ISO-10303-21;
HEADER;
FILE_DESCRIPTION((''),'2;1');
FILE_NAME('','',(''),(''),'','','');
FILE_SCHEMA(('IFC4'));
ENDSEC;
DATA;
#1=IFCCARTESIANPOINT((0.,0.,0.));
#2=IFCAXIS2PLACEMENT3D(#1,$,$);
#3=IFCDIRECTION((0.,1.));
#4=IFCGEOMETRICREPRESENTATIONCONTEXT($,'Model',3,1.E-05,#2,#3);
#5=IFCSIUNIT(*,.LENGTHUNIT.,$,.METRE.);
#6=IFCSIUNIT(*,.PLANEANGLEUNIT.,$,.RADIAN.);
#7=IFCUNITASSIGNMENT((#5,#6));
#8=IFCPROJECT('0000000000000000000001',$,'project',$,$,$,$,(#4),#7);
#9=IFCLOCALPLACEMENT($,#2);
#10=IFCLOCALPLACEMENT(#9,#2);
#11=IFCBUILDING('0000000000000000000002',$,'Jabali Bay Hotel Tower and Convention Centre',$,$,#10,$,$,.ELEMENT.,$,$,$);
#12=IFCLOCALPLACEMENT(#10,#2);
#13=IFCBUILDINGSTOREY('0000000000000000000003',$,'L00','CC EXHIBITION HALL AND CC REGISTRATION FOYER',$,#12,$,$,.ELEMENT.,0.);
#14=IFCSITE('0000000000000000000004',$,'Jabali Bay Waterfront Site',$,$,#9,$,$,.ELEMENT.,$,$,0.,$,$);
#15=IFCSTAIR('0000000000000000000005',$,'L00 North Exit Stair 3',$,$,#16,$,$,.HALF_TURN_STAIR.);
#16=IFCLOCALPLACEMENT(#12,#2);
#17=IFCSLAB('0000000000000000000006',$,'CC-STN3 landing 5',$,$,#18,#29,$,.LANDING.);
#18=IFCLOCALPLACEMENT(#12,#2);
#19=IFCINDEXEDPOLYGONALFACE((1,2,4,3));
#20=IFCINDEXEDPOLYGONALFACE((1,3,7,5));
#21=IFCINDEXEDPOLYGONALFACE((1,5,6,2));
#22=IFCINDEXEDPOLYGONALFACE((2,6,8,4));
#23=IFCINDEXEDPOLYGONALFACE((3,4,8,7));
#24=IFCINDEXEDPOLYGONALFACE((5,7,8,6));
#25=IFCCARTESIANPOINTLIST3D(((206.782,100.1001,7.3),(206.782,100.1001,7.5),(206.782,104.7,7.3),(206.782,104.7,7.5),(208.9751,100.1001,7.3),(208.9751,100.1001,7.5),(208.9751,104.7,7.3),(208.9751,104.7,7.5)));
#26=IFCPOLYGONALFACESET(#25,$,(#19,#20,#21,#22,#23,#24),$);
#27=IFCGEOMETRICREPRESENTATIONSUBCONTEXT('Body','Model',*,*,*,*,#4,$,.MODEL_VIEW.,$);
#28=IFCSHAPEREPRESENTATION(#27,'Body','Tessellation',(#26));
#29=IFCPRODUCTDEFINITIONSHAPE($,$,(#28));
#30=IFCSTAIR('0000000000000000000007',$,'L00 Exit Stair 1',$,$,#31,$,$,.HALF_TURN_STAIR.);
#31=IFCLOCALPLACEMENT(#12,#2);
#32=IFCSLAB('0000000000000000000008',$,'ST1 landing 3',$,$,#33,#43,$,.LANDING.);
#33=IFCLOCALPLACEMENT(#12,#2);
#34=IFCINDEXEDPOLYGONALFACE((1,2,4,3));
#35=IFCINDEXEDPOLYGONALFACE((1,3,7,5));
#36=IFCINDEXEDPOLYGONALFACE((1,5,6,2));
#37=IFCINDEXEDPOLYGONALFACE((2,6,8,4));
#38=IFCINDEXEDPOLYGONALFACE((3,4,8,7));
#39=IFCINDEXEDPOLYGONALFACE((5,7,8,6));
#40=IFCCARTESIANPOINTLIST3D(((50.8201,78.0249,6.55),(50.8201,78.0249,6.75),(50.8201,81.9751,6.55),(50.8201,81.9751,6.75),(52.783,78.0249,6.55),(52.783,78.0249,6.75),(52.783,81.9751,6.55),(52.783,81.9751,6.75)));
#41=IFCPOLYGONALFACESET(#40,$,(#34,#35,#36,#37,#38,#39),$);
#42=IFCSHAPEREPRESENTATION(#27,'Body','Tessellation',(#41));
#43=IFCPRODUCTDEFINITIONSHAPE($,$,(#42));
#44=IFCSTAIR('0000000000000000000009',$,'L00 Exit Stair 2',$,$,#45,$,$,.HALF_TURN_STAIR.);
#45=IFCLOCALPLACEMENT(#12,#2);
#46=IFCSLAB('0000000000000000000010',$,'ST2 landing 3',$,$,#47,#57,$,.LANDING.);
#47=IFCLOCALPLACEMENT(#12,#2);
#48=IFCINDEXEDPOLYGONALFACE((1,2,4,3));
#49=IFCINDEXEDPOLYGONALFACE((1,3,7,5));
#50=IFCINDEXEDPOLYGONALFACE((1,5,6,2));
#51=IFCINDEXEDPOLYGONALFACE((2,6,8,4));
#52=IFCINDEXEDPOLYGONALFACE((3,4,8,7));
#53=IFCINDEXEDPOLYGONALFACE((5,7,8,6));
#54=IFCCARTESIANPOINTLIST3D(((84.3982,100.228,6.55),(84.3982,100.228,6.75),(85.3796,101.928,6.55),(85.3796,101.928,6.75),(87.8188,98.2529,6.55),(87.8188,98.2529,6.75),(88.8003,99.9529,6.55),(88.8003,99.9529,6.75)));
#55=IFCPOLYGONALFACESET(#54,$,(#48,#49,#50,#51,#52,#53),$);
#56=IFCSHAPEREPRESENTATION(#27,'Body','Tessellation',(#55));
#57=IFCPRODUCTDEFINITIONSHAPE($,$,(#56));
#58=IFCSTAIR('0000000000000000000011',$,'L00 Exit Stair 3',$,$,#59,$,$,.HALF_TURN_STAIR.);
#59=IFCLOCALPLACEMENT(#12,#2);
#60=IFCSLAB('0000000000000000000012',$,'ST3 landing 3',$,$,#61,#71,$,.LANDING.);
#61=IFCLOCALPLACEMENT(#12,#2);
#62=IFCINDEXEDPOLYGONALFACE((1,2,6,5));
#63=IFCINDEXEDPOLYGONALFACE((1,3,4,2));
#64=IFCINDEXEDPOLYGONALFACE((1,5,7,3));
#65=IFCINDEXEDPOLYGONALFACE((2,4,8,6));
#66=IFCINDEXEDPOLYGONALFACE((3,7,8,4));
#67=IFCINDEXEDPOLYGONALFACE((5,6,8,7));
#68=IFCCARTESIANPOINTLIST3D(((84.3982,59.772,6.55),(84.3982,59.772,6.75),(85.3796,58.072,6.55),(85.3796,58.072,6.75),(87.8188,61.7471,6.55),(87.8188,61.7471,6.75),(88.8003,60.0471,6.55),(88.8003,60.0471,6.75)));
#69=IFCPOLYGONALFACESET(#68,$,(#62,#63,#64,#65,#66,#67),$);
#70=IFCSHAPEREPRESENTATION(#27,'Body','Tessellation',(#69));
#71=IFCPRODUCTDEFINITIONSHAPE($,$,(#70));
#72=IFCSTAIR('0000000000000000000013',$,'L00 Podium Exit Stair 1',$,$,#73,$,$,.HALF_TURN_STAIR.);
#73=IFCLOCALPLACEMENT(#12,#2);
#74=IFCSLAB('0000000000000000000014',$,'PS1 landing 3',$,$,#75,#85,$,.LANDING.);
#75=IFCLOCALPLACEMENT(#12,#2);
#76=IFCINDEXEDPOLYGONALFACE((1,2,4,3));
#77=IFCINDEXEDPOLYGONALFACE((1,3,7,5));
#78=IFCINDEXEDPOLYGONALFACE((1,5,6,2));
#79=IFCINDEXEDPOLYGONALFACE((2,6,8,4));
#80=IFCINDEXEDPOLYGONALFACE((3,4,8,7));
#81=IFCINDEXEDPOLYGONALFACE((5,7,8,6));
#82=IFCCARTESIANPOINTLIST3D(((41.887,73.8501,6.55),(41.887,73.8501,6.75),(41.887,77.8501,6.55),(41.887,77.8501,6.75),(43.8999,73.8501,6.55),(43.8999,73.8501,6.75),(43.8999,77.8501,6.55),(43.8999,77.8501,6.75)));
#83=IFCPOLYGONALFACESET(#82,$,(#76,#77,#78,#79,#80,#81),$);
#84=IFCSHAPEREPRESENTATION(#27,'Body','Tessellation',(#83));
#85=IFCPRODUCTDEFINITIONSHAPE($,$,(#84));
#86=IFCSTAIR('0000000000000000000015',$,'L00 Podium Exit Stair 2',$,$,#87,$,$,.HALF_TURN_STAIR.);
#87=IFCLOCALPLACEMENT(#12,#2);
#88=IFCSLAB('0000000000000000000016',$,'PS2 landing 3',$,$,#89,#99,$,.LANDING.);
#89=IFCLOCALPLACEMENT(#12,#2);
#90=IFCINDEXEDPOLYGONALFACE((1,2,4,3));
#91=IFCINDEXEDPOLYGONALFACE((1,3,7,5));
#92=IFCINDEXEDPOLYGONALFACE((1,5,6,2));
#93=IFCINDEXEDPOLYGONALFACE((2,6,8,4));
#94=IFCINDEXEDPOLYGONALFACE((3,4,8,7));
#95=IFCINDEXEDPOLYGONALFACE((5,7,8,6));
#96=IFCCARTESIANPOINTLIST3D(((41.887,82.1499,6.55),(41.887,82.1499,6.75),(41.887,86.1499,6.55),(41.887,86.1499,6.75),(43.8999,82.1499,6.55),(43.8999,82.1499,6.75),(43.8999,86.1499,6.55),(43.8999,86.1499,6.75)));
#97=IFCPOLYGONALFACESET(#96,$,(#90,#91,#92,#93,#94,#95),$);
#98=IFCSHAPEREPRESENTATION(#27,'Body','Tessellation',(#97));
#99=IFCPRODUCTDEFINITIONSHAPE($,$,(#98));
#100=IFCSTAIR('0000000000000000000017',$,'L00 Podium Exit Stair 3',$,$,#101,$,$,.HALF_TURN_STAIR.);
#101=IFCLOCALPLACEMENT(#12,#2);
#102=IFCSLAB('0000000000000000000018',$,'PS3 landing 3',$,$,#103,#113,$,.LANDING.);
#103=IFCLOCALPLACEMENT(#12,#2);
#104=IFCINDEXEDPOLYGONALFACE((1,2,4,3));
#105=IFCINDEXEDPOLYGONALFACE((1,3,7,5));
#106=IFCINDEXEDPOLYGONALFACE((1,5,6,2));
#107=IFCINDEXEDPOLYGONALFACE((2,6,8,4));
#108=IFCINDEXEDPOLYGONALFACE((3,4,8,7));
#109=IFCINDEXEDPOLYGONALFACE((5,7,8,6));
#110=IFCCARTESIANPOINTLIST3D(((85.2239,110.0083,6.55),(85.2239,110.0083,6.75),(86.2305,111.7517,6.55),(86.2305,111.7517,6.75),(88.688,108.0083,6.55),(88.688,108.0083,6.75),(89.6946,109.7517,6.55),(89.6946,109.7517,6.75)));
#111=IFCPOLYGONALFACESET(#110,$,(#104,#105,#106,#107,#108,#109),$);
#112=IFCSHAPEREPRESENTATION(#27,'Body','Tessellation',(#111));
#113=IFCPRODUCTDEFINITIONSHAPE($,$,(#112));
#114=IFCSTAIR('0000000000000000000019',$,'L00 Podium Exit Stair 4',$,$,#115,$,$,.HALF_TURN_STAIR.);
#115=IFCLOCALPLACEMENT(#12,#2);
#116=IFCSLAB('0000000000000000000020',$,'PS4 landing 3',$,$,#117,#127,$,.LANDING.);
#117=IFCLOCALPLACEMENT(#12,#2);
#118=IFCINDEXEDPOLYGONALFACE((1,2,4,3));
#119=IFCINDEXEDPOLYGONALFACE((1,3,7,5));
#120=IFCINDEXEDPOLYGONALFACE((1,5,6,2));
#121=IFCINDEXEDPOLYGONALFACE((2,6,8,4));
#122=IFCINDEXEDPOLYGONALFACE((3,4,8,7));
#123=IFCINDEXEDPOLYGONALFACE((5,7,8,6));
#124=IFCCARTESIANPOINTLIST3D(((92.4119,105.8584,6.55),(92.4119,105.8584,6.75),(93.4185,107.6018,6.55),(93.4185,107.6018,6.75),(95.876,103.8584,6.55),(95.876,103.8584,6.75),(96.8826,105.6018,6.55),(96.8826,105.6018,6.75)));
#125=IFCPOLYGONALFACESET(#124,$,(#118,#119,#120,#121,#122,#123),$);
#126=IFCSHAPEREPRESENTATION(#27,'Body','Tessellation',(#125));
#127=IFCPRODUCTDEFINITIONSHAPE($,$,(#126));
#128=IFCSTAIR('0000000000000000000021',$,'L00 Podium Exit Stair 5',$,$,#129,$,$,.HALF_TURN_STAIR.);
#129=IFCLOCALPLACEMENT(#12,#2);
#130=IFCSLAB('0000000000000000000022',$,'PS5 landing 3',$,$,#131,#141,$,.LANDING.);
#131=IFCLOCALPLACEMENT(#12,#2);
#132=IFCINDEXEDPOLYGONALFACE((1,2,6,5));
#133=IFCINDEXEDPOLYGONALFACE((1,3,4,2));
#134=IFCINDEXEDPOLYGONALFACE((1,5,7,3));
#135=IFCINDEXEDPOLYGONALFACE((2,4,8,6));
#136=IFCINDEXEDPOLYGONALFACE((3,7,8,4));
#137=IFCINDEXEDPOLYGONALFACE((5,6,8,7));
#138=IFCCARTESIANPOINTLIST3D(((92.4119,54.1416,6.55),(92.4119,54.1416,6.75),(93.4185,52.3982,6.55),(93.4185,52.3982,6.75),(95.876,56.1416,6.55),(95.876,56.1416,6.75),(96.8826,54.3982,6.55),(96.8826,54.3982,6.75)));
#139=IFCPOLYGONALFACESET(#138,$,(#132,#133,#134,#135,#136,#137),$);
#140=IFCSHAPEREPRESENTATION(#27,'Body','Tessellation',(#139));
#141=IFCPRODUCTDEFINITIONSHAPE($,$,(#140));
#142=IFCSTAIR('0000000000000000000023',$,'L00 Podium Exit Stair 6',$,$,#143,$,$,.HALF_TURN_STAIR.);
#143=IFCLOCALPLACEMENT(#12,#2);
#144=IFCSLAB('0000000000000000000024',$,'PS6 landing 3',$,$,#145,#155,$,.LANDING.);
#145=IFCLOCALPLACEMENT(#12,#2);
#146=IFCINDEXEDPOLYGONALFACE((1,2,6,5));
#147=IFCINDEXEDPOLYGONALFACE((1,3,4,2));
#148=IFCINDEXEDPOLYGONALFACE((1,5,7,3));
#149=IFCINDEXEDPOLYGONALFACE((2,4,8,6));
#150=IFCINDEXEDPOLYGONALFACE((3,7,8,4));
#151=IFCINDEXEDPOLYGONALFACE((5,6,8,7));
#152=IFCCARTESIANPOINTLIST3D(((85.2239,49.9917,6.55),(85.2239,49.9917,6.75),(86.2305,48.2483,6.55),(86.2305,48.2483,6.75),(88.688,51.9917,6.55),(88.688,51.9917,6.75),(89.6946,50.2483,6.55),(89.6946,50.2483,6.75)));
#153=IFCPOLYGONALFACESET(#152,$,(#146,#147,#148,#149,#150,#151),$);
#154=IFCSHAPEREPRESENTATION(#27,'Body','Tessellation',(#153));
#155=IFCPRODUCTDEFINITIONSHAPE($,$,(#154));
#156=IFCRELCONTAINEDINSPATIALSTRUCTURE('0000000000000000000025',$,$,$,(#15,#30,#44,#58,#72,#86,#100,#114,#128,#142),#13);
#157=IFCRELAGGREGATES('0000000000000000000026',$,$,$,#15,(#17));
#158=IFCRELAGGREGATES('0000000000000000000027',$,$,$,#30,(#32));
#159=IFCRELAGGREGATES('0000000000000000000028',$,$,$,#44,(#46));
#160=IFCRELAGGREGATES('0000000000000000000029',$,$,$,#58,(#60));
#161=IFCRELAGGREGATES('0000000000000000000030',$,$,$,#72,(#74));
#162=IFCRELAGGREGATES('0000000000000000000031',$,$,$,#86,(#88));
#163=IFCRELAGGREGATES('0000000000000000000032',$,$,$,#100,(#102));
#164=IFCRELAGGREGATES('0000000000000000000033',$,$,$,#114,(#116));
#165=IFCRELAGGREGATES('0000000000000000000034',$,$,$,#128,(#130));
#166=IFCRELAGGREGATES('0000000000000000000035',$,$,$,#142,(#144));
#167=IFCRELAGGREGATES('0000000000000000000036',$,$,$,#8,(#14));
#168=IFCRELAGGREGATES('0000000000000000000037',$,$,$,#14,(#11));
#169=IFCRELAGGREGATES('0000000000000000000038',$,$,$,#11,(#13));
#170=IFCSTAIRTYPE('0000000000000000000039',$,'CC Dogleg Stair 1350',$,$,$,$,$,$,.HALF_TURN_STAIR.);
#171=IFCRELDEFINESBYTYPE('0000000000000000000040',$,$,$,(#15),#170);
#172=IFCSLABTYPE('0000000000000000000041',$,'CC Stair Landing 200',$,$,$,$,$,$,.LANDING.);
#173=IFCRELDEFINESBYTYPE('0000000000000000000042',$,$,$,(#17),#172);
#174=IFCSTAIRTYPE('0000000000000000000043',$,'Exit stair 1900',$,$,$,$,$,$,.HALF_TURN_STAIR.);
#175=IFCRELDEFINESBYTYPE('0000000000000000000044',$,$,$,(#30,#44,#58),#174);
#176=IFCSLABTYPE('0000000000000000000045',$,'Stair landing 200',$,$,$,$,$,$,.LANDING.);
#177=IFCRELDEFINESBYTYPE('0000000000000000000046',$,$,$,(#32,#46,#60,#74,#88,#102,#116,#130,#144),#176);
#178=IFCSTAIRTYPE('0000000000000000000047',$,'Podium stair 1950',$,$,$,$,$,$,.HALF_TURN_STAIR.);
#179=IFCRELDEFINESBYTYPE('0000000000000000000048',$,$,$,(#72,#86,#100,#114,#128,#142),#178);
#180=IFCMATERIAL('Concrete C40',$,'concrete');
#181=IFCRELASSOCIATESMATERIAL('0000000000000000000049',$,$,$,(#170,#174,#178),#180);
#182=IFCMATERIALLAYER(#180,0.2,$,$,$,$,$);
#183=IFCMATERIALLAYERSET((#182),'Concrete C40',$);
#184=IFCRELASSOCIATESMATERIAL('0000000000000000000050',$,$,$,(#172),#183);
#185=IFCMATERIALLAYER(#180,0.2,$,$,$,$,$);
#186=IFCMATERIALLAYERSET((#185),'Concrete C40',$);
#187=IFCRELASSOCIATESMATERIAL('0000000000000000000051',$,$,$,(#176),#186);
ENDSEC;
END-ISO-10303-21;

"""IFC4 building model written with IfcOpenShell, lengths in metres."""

from ifc_helpers import new_model, si_unit, direction, frame, origin, place, context, subcontext, project, spatial, polyline, outline, extrude, material, layer, layer_set, type_object, element, aggregate, save


model = new_model("IFC4")

# Units and contexts
model_context = context("Model", 3, precision=1e-05, world=origin(), true_north=direction((0.0, 1.0)))
body_context = subcontext(model_context, "Body", "Model", "MODEL_VIEW")
ifc_project = project(units=[si_unit("LENGTHUNIT", "METRE"), si_unit("PLANEANGLEUNIT", "RADIAN")], contexts=[model_context])

# Site, building, storey
site_placement = place(None, origin())
site = spatial("IfcSite", under=ifc_project, at=site_placement, Name="Jabali Bay Waterfront Site", CompositionType="ELEMENT", RefElevation=0.0)
building_placement = place(site_placement, origin())
building = spatial("IfcBuilding", under=site, at=building_placement, Name="Jabali Bay Hotel Tower and Convention Centre", CompositionType="ELEMENT")
storey_placement = place(building_placement, origin())
storey = spatial("IfcBuildingStorey", under=building, at=storey_placement, Name="L00", Description="CC EXHIBITION HALL AND CC REGISTRATION FOYER", CompositionType="ELEMENT", Elevation=0.0)

# Shared definitions
ifc_material = material(Name="Concrete C40", Category="concrete")
stair_type_1 = type_object("IfcStairType", Name="CC Dogleg Stair 1350", PredefinedType="HALF_TURN_STAIR", material=ifc_material)
ifc_layer_1 = layer(ifc_material, 0.2)
ifc_layer_set_1 = layer_set([ifc_layer_1], Name="Concrete C40")
slab_type_1 = type_object("IfcSlabType", Name="CC Stair Landing 200", PredefinedType="LANDING", material=ifc_layer_set_1)

# Stair, slab
stair_1_placement = place(storey_placement, origin())
stair_1 = element("IfcStair", 1, at=stair_1_placement, inside=storey, type_object=stair_type_1, Name="L00 North Exit Stair 3", PredefinedType="HALF_TURN_STAIR")
slab_1_placement = place(storey_placement, frame((0.0, 0.0, 7.3)))
slab_1 = element("IfcSlab", 2, at=slab_1_placement, type_object=slab_type_1, Name="CC-STN3 landing 5", PredefinedType="LANDING", context=body_context, shape_type="SweptSolid", body=[
    extrude(outline(polyline([(206.782, 100.1001), (208.9751, 100.1001), (208.9751, 104.7), (206.782, 104.7), (206.782, 100.1001)])), origin(), (0.0, 0.0, 1.0), 0.2),
])
aggregate(stair_1, [slab_1])

# Stairs, slabs
stair_type_2 = type_object("IfcStairType", Name="Exit stair 1900", PredefinedType="HALF_TURN_STAIR", material=ifc_material)
stair_2_placement = place(storey_placement, origin())
stair_2 = element("IfcStair", 3, at=stair_2_placement, inside=storey, type_object=stair_type_2, Name="L00 Exit Stair 1", PredefinedType="HALF_TURN_STAIR")
ifc_layer_2 = layer(ifc_material, 0.2)
ifc_layer_set_2 = layer_set([ifc_layer_2], Name="Concrete C40")
slab_type_2 = type_object("IfcSlabType", Name="Stair landing 200", PredefinedType="LANDING", material=ifc_layer_set_2)
slab_2_placement = place(storey_placement, frame((0.0, 0.0, 6.55)))
slab_2 = element("IfcSlab", 4, at=slab_2_placement, type_object=slab_type_2, Name="ST1 landing 3", PredefinedType="LANDING", context=body_context, shape_type="SweptSolid", body=[
    extrude(outline(polyline([(52.783, 81.9751), (50.8201, 81.9751), (50.8201, 78.0249), (52.783, 78.0249), (52.783, 81.9751)])), origin(), (0.0, 0.0, 1.0), 0.2),
])
aggregate(stair_2, [slab_2])
stair_3_placement = place(storey_placement, origin())
stair_3 = element("IfcStair", 5, at=stair_3_placement, inside=storey, type_object=stair_type_2, Name="L00 Exit Stair 2", PredefinedType="HALF_TURN_STAIR")
slab_3_placement = place(storey_placement, frame((0.0, 0.0, 6.55)))
slab_3 = element("IfcSlab", 6, at=slab_3_placement, type_object=slab_type_2, Name="ST2 landing 3", PredefinedType="LANDING", context=body_context, shape_type="SweptSolid", body=[
    extrude(outline(polyline([(87.8188, 98.2529), (88.8003, 99.9529), (85.3796, 101.928), (84.3982, 100.228), (87.8188, 98.2529)])), origin(), (0.0, 0.0, 1.0), 0.2),
])
aggregate(stair_3, [slab_3])
stair_4_placement = place(storey_placement, origin())
stair_4 = element("IfcStair", 7, at=stair_4_placement, inside=storey, type_object=stair_type_2, Name="L00 Exit Stair 3", PredefinedType="HALF_TURN_STAIR")
slab_4_placement = place(storey_placement, frame((0.0, 0.0, 6.55)))
slab_4 = element("IfcSlab", 8, at=slab_4_placement, type_object=slab_type_2, Name="ST3 landing 3", PredefinedType="LANDING", context=body_context, shape_type="SweptSolid", body=[
    extrude(outline(polyline([(84.3982, 59.772), (85.3796, 58.072), (88.8003, 60.0471), (87.8188, 61.7471), (84.3982, 59.772)])), origin(), (0.0, 0.0, 1.0), 0.2),
])
aggregate(stair_4, [slab_4])
stair_type_3 = type_object("IfcStairType", Name="Podium stair 1950", PredefinedType="HALF_TURN_STAIR", material=ifc_material)
stair_5_placement = place(storey_placement, origin())
stair_5 = element("IfcStair", 9, at=stair_5_placement, inside=storey, type_object=stair_type_3, Name="L00 Podium Exit Stair 1", PredefinedType="HALF_TURN_STAIR")
slab_5_placement = place(storey_placement, frame((0.0, 0.0, 6.55)))
slab_5 = element("IfcSlab", 10, at=slab_5_placement, type_object=slab_type_2, Name="PS1 landing 3", PredefinedType="LANDING", context=body_context, shape_type="SweptSolid", body=[
    extrude(outline(polyline([(41.887, 73.8501), (43.8999, 73.8501), (43.8999, 77.8501), (41.887, 77.8501), (41.887, 73.8501)])), origin(), (0.0, 0.0, 1.0), 0.2),
])
aggregate(stair_5, [slab_5])
stair_6_placement = place(storey_placement, origin())
stair_6 = element("IfcStair", 11, at=stair_6_placement, inside=storey, type_object=stair_type_3, Name="L00 Podium Exit Stair 2", PredefinedType="HALF_TURN_STAIR")
slab_6_placement = place(storey_placement, frame((0.0, 0.0, 6.55)))
slab_6 = element("IfcSlab", 12, at=slab_6_placement, type_object=slab_type_2, Name="PS2 landing 3", PredefinedType="LANDING", context=body_context, shape_type="SweptSolid", body=[
    extrude(outline(polyline([(41.887, 82.1499), (43.8999, 82.1499), (43.8999, 86.1499), (41.887, 86.1499), (41.887, 82.1499)])), origin(), (0.0, 0.0, 1.0), 0.2),
])
aggregate(stair_6, [slab_6])
stair_7_placement = place(storey_placement, origin())
stair_7 = element("IfcStair", 13, at=stair_7_placement, inside=storey, type_object=stair_type_3, Name="L00 Podium Exit Stair 3", PredefinedType="HALF_TURN_STAIR")
slab_7_placement = place(storey_placement, frame((0.0, 0.0, 6.55)))
slab_7 = element("IfcSlab", 14, at=slab_7_placement, type_object=slab_type_2, Name="PS3 landing 3", PredefinedType="LANDING", context=body_context, shape_type="SweptSolid", body=[
    extrude(outline(polyline([(86.2305, 111.7517), (85.2239, 110.0083), (88.688, 108.0083), (89.6946, 109.7517), (86.2305, 111.7517)])), origin(), (0.0, 0.0, 1.0), 0.2),
])
aggregate(stair_7, [slab_7])
stair_8_placement = place(storey_placement, origin())
stair_8 = element("IfcStair", 15, at=stair_8_placement, inside=storey, type_object=stair_type_3, Name="L00 Podium Exit Stair 4", PredefinedType="HALF_TURN_STAIR")
slab_8_placement = place(storey_placement, frame((0.0, 0.0, 6.55)))
slab_8 = element("IfcSlab", 16, at=slab_8_placement, type_object=slab_type_2, Name="PS4 landing 3", PredefinedType="LANDING", context=body_context, shape_type="SweptSolid", body=[
    extrude(outline(polyline([(93.4185, 107.6018), (92.4119, 105.8584), (95.876, 103.8584), (96.8826, 105.6018), (93.4185, 107.6018)])), origin(), (0.0, 0.0, 1.0), 0.2),
])
aggregate(stair_8, [slab_8])
stair_9_placement = place(storey_placement, origin())
stair_9 = element("IfcStair", 17, at=stair_9_placement, inside=storey, type_object=stair_type_3, Name="L00 Podium Exit Stair 5", PredefinedType="HALF_TURN_STAIR")
slab_9_placement = place(storey_placement, frame((0.0, 0.0, 6.55)))
slab_9 = element("IfcSlab", 18, at=slab_9_placement, type_object=slab_type_2, Name="PS5 landing 3", PredefinedType="LANDING", context=body_context, shape_type="SweptSolid", body=[
    extrude(outline(polyline([(96.8826, 54.3982), (95.876, 56.1416), (92.4119, 54.1416), (93.4185, 52.3982), (96.8826, 54.3982)])), origin(), (0.0, 0.0, 1.0), 0.2),
])
aggregate(stair_9, [slab_9])
stair_10_placement = place(storey_placement, origin())
stair_10 = element("IfcStair", 19, at=stair_10_placement, inside=storey, type_object=stair_type_3, Name="L00 Podium Exit Stair 6", PredefinedType="HALF_TURN_STAIR")
slab_10_placement = place(storey_placement, frame((0.0, 0.0, 6.55)))
slab_10 = element("IfcSlab", 20, at=slab_10_placement, type_object=slab_type_2, Name="PS6 landing 3", PredefinedType="LANDING", context=body_context, shape_type="SweptSolid", body=[
    extrude(outline(polyline([(89.6946, 50.2483), (88.688, 51.9917), (85.2239, 49.9917), (86.2305, 48.2483), (89.6946, 50.2483)])), origin(), (0.0, 0.0, 1.0), 0.2),
])
aggregate(stair_10, [slab_10])

save(model, "model.ifc")
